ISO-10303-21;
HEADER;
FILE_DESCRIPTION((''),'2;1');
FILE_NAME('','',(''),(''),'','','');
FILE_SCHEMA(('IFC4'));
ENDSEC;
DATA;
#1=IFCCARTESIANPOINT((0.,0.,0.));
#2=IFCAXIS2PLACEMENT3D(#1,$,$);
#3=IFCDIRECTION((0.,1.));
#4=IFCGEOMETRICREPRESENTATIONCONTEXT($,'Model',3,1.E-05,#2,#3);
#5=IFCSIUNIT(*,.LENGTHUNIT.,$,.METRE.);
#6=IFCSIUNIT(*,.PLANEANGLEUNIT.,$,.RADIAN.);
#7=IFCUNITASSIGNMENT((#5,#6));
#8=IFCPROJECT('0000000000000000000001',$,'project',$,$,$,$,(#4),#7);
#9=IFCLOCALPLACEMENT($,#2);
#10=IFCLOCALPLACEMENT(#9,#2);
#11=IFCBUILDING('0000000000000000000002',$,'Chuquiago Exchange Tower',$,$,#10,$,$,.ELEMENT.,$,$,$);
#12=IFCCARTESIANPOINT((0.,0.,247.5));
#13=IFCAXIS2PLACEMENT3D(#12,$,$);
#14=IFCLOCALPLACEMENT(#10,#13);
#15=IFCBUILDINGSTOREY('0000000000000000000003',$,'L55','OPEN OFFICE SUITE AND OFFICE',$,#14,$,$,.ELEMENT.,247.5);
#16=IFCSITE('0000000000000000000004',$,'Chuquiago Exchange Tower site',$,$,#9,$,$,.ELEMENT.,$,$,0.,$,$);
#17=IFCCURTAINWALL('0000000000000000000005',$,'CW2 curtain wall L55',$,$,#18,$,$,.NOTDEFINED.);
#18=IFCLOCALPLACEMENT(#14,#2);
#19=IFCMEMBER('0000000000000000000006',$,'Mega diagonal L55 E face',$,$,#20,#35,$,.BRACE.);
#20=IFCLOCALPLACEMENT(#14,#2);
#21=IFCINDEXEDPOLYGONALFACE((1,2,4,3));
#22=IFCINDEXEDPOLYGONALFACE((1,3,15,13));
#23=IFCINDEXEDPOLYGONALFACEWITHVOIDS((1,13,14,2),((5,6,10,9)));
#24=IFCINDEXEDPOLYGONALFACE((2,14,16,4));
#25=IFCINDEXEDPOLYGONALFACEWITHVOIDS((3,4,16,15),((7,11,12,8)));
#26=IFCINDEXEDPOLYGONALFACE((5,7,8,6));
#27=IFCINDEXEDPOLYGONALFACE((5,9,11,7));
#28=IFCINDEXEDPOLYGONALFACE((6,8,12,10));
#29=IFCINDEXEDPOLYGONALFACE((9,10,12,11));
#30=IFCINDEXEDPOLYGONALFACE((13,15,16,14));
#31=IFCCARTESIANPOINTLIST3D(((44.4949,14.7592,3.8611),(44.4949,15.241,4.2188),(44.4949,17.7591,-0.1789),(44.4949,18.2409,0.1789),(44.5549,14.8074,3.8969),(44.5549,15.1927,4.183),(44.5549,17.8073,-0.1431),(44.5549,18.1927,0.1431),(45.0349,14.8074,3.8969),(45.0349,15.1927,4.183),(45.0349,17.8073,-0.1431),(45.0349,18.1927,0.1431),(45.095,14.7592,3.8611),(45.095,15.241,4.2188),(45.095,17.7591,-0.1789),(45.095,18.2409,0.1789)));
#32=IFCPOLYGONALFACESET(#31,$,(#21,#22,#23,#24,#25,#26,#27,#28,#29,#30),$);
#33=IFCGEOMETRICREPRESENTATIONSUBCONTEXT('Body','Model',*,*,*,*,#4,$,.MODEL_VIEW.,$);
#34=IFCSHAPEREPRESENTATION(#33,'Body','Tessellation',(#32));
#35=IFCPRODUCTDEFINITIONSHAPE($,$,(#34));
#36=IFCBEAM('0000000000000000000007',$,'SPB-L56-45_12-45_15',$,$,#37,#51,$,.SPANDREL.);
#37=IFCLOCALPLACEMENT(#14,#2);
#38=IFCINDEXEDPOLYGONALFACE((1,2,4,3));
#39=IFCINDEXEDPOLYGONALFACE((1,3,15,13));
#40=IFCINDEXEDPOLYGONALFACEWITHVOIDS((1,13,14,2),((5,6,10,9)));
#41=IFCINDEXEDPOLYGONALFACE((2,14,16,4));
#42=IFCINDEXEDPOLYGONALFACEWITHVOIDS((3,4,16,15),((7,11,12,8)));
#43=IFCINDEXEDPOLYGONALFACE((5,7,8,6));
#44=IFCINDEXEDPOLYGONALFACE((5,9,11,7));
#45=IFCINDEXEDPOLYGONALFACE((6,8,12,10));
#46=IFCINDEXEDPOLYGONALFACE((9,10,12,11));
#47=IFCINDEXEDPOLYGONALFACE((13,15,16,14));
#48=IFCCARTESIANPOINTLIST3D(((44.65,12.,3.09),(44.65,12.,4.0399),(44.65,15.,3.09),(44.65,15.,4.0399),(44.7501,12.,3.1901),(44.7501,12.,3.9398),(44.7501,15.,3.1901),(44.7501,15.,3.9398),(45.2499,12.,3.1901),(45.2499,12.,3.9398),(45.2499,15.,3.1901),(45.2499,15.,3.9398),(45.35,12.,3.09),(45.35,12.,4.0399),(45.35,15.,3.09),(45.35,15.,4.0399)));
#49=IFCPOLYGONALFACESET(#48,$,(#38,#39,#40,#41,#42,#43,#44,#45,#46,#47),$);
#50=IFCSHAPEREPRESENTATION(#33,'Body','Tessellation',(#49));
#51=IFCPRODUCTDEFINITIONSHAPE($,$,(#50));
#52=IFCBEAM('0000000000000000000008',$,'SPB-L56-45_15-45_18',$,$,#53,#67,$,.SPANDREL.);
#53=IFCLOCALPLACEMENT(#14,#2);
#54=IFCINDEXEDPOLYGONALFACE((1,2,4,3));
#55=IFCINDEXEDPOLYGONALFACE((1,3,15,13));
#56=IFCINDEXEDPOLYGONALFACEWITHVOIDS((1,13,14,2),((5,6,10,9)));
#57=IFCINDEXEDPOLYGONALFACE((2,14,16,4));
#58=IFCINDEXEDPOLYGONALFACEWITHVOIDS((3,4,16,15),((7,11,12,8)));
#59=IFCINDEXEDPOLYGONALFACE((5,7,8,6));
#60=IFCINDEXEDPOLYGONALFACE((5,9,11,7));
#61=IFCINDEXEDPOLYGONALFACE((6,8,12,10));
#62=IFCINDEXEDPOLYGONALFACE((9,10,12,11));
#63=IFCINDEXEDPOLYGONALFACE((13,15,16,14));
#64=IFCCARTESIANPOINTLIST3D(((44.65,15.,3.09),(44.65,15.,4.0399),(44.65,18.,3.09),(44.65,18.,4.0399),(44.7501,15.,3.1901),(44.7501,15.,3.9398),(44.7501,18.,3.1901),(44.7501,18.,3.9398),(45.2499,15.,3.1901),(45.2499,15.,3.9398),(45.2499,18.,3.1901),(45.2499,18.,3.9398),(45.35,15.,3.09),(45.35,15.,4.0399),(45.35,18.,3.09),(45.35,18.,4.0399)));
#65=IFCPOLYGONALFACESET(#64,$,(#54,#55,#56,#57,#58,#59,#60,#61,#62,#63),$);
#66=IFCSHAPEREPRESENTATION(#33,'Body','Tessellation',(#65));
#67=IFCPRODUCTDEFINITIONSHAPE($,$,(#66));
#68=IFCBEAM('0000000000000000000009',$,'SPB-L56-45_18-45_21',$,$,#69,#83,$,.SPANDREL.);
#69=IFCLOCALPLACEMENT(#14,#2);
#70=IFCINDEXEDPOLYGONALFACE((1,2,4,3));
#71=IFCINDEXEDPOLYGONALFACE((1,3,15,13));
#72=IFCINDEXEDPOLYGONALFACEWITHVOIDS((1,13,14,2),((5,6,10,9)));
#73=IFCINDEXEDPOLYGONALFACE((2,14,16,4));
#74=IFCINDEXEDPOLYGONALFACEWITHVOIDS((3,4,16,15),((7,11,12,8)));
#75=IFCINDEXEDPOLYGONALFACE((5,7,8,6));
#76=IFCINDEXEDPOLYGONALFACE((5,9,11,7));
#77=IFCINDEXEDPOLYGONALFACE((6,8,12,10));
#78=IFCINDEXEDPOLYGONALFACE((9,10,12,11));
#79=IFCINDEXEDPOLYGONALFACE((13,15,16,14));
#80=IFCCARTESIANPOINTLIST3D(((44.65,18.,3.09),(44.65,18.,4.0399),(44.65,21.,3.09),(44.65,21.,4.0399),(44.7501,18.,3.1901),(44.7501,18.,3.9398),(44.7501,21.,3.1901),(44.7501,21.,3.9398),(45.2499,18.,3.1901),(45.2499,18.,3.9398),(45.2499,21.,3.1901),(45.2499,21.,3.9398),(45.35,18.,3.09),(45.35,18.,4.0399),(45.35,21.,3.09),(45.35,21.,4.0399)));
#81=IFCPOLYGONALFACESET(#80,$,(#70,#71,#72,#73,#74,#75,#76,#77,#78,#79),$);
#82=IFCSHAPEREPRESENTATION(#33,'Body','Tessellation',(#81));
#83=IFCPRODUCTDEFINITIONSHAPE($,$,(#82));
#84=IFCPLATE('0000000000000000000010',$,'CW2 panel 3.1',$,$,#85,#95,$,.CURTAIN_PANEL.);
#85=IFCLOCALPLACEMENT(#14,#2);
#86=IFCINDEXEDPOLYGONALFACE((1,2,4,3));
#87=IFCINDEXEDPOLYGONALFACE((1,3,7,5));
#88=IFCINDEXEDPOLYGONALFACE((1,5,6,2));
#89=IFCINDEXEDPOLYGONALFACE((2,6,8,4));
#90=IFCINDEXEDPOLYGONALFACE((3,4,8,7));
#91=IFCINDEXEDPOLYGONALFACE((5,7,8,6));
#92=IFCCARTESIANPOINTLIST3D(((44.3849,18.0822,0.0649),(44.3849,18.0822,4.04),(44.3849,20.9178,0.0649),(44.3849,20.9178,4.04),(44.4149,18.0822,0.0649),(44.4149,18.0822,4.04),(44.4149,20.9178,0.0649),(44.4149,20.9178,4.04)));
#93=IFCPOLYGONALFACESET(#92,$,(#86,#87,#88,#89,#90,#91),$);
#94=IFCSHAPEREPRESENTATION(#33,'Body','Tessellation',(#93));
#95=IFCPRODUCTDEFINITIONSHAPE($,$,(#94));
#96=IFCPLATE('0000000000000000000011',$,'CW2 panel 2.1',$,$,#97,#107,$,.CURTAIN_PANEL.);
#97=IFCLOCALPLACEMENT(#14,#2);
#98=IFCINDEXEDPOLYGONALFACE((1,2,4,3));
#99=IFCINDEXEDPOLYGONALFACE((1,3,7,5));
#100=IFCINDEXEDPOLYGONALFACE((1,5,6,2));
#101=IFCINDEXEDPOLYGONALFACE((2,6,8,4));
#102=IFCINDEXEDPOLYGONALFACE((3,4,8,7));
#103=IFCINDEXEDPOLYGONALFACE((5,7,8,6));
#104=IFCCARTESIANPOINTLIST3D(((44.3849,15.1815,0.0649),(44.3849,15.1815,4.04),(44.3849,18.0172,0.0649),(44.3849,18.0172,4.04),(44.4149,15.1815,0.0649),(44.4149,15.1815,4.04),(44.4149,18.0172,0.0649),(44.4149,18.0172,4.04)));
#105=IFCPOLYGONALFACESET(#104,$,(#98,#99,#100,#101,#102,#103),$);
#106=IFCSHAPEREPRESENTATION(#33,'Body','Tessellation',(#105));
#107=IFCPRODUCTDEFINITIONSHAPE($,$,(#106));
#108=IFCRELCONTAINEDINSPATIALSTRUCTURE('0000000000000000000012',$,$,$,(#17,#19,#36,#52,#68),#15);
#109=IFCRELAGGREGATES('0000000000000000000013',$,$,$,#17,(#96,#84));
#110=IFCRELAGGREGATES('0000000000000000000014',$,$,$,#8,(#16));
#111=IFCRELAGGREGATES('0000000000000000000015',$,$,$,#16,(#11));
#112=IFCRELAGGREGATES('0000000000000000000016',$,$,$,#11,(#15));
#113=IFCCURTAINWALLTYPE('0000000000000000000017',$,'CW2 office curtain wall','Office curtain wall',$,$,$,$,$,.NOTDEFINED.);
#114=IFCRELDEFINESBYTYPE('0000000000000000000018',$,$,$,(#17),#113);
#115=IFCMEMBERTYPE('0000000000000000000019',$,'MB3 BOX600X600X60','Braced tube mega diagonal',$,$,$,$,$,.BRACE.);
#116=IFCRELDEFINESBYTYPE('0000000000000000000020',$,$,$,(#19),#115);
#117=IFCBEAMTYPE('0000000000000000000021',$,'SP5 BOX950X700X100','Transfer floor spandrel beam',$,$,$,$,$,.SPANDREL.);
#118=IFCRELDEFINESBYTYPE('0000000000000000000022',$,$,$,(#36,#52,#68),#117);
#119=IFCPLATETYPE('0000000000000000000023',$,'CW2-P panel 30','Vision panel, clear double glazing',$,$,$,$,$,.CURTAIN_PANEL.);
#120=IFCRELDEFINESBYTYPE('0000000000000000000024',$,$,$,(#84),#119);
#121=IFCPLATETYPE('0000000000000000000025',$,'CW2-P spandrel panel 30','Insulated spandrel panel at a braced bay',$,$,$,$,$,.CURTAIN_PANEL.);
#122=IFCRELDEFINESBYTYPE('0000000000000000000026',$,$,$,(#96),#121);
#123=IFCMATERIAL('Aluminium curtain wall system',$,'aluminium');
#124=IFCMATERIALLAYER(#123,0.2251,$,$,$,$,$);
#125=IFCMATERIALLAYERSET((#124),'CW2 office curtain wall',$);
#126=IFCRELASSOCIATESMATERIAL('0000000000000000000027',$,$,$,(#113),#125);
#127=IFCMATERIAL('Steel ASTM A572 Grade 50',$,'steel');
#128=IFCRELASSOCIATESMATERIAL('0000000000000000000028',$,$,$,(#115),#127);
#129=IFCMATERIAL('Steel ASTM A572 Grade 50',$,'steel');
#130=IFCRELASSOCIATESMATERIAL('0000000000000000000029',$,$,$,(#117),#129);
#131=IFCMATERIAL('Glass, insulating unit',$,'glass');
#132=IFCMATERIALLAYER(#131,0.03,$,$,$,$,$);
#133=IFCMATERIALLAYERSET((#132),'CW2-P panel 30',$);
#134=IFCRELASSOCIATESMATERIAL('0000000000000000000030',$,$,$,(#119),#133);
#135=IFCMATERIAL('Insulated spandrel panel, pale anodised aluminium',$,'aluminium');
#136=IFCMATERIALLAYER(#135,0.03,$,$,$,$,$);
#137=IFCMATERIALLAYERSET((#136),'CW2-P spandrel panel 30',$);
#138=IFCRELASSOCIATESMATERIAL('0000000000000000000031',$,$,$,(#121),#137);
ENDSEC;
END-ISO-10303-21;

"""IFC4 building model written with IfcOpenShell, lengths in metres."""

from ifc_helpers import new_model, si_unit, direction, frame, origin, origin_2d, place, context, subcontext, project, spatial, rectangle, hollow_rectangle, extrude, material, layer, layer_set, material_profile, profile_set, type_object, element, aggregate, save


model = new_model("IFC4")

# Units and contexts
model_context = context("Model", 3, precision=1e-05, world=origin(), true_north=direction((0.0, 1.0)))
body_context = subcontext(model_context, "Body", "Model", "MODEL_VIEW")
ifc_project = project(units=[si_unit("LENGTHUNIT", "METRE"), si_unit("PLANEANGLEUNIT", "RADIAN")], contexts=[model_context])

# Site, building, storey
site_placement = place(None, origin())
site = spatial("IfcSite", under=ifc_project, at=site_placement, Name="Chuquiago Exchange Tower site", CompositionType="ELEMENT", RefElevation=0.0)
building_placement = place(site_placement, origin())
building = spatial("IfcBuilding", under=site, at=building_placement, Name="Chuquiago Exchange Tower", CompositionType="ELEMENT")
storey_placement = place(building_placement, frame((0.0, 0.0, 247.5)))
storey = spatial("IfcBuildingStorey", under=building, at=storey_placement, Name="L55", Description="OPEN OFFICE SUITE AND OFFICE", CompositionType="ELEMENT", Elevation=247.5)

# Curtain wall
ifc_material_1 = material(Name="Aluminium curtain wall system", Category="aluminium")
ifc_layer_1 = layer(ifc_material_1, 0.2251)
ifc_layer_set_1 = layer_set([ifc_layer_1], Name="CW2 office curtain wall")
curtain_wall_type = type_object("IfcCurtainWallType", Name="CW2 office curtain wall", Description="Office curtain wall", PredefinedType="NOTDEFINED", material=ifc_layer_set_1)
curtain_wall_placement = place(storey_placement, origin())
curtain_wall = element("IfcCurtainWall", 1, at=curtain_wall_placement, inside=storey, type_object=curtain_wall_type, Name="CW2 curtain wall L55", PredefinedType="NOTDEFINED")

# Member
ifc_material_2 = material(Name="Steel ASTM A572 Grade 50", Category="steel")
ifc_material_profile_1 = material_profile(ifc_material_2, hollow_rectangle(XDim=0.6001, YDim=0.6001, WallThickness=0.0601, at=origin_2d()), Name="BOX600X600X60")
ifc_profile_set_1 = profile_set([ifc_material_profile_1], Name="Steel ASTM A572 Grade 50")
member_type_1 = type_object("IfcMemberType", Name="MB3 BOX600X600X60", Description="Braced tube mega diagonal", PredefinedType="BRACE", material=ifc_profile_set_1)
for number, where, z_axis, x_axis, name in (
    (2, (44.7949, 18.0, 0.0), (0.0, -0.596174, 0.802855), (1.0, 0.0, 0.0), "Mega diagonal L55 E face"),
):
    element("IfcMember", number, at=place(storey_placement, frame(where, z_axis=z_axis, x_axis=x_axis)), inside=storey, type_object=member_type_1, Name=name, PredefinedType="BRACE", context=body_context, shape_type="SweptSolid", body=[
        extrude(hollow_rectangle(XDim=0.6001, YDim=0.6001, WallThickness=0.0601, at=origin_2d()), origin(), (0.0, 0.0, 1.0), 5.032),
    ])

# Beams
ifc_material_3 = material(Name="Steel ASTM A572 Grade 50", Category="steel")
ifc_material_profile_2 = material_profile(ifc_material_3, hollow_rectangle(XDim=0.7, YDim=0.95, WallThickness=0.1001, at=origin_2d()), Name="BOX950X700X100")
ifc_profile_set_2 = profile_set([ifc_material_profile_2], Name="Steel ASTM A572 Grade 50")
beam_type = type_object("IfcBeamType", Name="SP5 BOX950X700X100", Description="Transfer floor spandrel beam", PredefinedType="SPANDREL", material=ifc_profile_set_2)
for number, where, z_axis, x_axis, name in (
    (3, (45.0, 12.0, 3.5649), (0.0, 1.0, 0.0), (-1.0, 0.0, 0.0), "SPB-L56-45_12-45_15"),
    (4, (45.0, 15.0, 3.5649), (0.0, 1.0, 0.0), (-1.0, 0.0, 0.0), "SPB-L56-45_15-45_18"),
    (5, (45.0, 18.0, 3.5649), (0.0, 1.0, 0.0), (-1.0, 0.0, 0.0), "SPB-L56-45_18-45_21"),
):
    element("IfcBeam", number, at=place(storey_placement, frame(where, z_axis=z_axis, x_axis=x_axis)), inside=storey, type_object=beam_type, Name=name, PredefinedType="SPANDREL", context=body_context, shape_type="SweptSolid", body=[
        extrude(hollow_rectangle(XDim=0.7, YDim=0.95, WallThickness=0.1001, at=origin_2d()), origin(), (0.0, 0.0, 1.0), 3.0),
    ])

# Plates
ifc_material_4 = material(Name="Glass, insulating unit", Category="glass")
ifc_layer_2 = layer(ifc_material_4, 0.03)
ifc_layer_set_2 = layer_set([ifc_layer_2], Name="CW2-P panel 30")
plate_type_1 = type_object("IfcPlateType", Name="CW2-P panel 30", Description="Vision panel, clear double glazing", PredefinedType="CURTAIN_PANEL", material=ifc_layer_set_2)
plate_1_placement = place(storey_placement, frame((44.3999, 19.5, 0.0649), z_axis=(0.0, 0.0, 1.0), x_axis=(0.0, 1.0, 0.0)))
plate_1 = element("IfcPlate", 6, at=plate_1_placement, type_object=plate_type_1, Name="CW2 panel 3.1", PredefinedType="CURTAIN_PANEL", context=body_context, shape_type="SweptSolid", body=[
    extrude(rectangle(XDim=2.8357, YDim=0.03, at=origin_2d()), origin(), (0.0, 0.0, 1.0), 3.9751),
])
ifc_material_5 = material(Name="Insulated spandrel panel, pale anodised aluminium", Category="aluminium")
ifc_layer_3 = layer(ifc_material_5, 0.03)
ifc_layer_set_3 = layer_set([ifc_layer_3], Name="CW2-P spandrel panel 30")
plate_type_2 = type_object("IfcPlateType", Name="CW2-P spandrel panel 30", Description="Insulated spandrel panel at a braced bay", PredefinedType="CURTAIN_PANEL", material=ifc_layer_set_3)
plate_2_placement = place(storey_placement, frame((44.3999, 16.5994, 0.0649), z_axis=(0.0, 0.0, 1.0), x_axis=(0.0, 1.0, 0.0)))
plate_2 = element("IfcPlate", 7, at=plate_2_placement, type_object=plate_type_2, Name="CW2 panel 2.1", PredefinedType="CURTAIN_PANEL", context=body_context, shape_type="SweptSolid", body=[
    extrude(rectangle(XDim=2.8357, YDim=0.03, at=origin_2d()), origin(), (0.0, 0.0, 1.0), 3.9751),
])
aggregate(curtain_wall, [plate_2, plate_1])

save(model, "model.ifc")
